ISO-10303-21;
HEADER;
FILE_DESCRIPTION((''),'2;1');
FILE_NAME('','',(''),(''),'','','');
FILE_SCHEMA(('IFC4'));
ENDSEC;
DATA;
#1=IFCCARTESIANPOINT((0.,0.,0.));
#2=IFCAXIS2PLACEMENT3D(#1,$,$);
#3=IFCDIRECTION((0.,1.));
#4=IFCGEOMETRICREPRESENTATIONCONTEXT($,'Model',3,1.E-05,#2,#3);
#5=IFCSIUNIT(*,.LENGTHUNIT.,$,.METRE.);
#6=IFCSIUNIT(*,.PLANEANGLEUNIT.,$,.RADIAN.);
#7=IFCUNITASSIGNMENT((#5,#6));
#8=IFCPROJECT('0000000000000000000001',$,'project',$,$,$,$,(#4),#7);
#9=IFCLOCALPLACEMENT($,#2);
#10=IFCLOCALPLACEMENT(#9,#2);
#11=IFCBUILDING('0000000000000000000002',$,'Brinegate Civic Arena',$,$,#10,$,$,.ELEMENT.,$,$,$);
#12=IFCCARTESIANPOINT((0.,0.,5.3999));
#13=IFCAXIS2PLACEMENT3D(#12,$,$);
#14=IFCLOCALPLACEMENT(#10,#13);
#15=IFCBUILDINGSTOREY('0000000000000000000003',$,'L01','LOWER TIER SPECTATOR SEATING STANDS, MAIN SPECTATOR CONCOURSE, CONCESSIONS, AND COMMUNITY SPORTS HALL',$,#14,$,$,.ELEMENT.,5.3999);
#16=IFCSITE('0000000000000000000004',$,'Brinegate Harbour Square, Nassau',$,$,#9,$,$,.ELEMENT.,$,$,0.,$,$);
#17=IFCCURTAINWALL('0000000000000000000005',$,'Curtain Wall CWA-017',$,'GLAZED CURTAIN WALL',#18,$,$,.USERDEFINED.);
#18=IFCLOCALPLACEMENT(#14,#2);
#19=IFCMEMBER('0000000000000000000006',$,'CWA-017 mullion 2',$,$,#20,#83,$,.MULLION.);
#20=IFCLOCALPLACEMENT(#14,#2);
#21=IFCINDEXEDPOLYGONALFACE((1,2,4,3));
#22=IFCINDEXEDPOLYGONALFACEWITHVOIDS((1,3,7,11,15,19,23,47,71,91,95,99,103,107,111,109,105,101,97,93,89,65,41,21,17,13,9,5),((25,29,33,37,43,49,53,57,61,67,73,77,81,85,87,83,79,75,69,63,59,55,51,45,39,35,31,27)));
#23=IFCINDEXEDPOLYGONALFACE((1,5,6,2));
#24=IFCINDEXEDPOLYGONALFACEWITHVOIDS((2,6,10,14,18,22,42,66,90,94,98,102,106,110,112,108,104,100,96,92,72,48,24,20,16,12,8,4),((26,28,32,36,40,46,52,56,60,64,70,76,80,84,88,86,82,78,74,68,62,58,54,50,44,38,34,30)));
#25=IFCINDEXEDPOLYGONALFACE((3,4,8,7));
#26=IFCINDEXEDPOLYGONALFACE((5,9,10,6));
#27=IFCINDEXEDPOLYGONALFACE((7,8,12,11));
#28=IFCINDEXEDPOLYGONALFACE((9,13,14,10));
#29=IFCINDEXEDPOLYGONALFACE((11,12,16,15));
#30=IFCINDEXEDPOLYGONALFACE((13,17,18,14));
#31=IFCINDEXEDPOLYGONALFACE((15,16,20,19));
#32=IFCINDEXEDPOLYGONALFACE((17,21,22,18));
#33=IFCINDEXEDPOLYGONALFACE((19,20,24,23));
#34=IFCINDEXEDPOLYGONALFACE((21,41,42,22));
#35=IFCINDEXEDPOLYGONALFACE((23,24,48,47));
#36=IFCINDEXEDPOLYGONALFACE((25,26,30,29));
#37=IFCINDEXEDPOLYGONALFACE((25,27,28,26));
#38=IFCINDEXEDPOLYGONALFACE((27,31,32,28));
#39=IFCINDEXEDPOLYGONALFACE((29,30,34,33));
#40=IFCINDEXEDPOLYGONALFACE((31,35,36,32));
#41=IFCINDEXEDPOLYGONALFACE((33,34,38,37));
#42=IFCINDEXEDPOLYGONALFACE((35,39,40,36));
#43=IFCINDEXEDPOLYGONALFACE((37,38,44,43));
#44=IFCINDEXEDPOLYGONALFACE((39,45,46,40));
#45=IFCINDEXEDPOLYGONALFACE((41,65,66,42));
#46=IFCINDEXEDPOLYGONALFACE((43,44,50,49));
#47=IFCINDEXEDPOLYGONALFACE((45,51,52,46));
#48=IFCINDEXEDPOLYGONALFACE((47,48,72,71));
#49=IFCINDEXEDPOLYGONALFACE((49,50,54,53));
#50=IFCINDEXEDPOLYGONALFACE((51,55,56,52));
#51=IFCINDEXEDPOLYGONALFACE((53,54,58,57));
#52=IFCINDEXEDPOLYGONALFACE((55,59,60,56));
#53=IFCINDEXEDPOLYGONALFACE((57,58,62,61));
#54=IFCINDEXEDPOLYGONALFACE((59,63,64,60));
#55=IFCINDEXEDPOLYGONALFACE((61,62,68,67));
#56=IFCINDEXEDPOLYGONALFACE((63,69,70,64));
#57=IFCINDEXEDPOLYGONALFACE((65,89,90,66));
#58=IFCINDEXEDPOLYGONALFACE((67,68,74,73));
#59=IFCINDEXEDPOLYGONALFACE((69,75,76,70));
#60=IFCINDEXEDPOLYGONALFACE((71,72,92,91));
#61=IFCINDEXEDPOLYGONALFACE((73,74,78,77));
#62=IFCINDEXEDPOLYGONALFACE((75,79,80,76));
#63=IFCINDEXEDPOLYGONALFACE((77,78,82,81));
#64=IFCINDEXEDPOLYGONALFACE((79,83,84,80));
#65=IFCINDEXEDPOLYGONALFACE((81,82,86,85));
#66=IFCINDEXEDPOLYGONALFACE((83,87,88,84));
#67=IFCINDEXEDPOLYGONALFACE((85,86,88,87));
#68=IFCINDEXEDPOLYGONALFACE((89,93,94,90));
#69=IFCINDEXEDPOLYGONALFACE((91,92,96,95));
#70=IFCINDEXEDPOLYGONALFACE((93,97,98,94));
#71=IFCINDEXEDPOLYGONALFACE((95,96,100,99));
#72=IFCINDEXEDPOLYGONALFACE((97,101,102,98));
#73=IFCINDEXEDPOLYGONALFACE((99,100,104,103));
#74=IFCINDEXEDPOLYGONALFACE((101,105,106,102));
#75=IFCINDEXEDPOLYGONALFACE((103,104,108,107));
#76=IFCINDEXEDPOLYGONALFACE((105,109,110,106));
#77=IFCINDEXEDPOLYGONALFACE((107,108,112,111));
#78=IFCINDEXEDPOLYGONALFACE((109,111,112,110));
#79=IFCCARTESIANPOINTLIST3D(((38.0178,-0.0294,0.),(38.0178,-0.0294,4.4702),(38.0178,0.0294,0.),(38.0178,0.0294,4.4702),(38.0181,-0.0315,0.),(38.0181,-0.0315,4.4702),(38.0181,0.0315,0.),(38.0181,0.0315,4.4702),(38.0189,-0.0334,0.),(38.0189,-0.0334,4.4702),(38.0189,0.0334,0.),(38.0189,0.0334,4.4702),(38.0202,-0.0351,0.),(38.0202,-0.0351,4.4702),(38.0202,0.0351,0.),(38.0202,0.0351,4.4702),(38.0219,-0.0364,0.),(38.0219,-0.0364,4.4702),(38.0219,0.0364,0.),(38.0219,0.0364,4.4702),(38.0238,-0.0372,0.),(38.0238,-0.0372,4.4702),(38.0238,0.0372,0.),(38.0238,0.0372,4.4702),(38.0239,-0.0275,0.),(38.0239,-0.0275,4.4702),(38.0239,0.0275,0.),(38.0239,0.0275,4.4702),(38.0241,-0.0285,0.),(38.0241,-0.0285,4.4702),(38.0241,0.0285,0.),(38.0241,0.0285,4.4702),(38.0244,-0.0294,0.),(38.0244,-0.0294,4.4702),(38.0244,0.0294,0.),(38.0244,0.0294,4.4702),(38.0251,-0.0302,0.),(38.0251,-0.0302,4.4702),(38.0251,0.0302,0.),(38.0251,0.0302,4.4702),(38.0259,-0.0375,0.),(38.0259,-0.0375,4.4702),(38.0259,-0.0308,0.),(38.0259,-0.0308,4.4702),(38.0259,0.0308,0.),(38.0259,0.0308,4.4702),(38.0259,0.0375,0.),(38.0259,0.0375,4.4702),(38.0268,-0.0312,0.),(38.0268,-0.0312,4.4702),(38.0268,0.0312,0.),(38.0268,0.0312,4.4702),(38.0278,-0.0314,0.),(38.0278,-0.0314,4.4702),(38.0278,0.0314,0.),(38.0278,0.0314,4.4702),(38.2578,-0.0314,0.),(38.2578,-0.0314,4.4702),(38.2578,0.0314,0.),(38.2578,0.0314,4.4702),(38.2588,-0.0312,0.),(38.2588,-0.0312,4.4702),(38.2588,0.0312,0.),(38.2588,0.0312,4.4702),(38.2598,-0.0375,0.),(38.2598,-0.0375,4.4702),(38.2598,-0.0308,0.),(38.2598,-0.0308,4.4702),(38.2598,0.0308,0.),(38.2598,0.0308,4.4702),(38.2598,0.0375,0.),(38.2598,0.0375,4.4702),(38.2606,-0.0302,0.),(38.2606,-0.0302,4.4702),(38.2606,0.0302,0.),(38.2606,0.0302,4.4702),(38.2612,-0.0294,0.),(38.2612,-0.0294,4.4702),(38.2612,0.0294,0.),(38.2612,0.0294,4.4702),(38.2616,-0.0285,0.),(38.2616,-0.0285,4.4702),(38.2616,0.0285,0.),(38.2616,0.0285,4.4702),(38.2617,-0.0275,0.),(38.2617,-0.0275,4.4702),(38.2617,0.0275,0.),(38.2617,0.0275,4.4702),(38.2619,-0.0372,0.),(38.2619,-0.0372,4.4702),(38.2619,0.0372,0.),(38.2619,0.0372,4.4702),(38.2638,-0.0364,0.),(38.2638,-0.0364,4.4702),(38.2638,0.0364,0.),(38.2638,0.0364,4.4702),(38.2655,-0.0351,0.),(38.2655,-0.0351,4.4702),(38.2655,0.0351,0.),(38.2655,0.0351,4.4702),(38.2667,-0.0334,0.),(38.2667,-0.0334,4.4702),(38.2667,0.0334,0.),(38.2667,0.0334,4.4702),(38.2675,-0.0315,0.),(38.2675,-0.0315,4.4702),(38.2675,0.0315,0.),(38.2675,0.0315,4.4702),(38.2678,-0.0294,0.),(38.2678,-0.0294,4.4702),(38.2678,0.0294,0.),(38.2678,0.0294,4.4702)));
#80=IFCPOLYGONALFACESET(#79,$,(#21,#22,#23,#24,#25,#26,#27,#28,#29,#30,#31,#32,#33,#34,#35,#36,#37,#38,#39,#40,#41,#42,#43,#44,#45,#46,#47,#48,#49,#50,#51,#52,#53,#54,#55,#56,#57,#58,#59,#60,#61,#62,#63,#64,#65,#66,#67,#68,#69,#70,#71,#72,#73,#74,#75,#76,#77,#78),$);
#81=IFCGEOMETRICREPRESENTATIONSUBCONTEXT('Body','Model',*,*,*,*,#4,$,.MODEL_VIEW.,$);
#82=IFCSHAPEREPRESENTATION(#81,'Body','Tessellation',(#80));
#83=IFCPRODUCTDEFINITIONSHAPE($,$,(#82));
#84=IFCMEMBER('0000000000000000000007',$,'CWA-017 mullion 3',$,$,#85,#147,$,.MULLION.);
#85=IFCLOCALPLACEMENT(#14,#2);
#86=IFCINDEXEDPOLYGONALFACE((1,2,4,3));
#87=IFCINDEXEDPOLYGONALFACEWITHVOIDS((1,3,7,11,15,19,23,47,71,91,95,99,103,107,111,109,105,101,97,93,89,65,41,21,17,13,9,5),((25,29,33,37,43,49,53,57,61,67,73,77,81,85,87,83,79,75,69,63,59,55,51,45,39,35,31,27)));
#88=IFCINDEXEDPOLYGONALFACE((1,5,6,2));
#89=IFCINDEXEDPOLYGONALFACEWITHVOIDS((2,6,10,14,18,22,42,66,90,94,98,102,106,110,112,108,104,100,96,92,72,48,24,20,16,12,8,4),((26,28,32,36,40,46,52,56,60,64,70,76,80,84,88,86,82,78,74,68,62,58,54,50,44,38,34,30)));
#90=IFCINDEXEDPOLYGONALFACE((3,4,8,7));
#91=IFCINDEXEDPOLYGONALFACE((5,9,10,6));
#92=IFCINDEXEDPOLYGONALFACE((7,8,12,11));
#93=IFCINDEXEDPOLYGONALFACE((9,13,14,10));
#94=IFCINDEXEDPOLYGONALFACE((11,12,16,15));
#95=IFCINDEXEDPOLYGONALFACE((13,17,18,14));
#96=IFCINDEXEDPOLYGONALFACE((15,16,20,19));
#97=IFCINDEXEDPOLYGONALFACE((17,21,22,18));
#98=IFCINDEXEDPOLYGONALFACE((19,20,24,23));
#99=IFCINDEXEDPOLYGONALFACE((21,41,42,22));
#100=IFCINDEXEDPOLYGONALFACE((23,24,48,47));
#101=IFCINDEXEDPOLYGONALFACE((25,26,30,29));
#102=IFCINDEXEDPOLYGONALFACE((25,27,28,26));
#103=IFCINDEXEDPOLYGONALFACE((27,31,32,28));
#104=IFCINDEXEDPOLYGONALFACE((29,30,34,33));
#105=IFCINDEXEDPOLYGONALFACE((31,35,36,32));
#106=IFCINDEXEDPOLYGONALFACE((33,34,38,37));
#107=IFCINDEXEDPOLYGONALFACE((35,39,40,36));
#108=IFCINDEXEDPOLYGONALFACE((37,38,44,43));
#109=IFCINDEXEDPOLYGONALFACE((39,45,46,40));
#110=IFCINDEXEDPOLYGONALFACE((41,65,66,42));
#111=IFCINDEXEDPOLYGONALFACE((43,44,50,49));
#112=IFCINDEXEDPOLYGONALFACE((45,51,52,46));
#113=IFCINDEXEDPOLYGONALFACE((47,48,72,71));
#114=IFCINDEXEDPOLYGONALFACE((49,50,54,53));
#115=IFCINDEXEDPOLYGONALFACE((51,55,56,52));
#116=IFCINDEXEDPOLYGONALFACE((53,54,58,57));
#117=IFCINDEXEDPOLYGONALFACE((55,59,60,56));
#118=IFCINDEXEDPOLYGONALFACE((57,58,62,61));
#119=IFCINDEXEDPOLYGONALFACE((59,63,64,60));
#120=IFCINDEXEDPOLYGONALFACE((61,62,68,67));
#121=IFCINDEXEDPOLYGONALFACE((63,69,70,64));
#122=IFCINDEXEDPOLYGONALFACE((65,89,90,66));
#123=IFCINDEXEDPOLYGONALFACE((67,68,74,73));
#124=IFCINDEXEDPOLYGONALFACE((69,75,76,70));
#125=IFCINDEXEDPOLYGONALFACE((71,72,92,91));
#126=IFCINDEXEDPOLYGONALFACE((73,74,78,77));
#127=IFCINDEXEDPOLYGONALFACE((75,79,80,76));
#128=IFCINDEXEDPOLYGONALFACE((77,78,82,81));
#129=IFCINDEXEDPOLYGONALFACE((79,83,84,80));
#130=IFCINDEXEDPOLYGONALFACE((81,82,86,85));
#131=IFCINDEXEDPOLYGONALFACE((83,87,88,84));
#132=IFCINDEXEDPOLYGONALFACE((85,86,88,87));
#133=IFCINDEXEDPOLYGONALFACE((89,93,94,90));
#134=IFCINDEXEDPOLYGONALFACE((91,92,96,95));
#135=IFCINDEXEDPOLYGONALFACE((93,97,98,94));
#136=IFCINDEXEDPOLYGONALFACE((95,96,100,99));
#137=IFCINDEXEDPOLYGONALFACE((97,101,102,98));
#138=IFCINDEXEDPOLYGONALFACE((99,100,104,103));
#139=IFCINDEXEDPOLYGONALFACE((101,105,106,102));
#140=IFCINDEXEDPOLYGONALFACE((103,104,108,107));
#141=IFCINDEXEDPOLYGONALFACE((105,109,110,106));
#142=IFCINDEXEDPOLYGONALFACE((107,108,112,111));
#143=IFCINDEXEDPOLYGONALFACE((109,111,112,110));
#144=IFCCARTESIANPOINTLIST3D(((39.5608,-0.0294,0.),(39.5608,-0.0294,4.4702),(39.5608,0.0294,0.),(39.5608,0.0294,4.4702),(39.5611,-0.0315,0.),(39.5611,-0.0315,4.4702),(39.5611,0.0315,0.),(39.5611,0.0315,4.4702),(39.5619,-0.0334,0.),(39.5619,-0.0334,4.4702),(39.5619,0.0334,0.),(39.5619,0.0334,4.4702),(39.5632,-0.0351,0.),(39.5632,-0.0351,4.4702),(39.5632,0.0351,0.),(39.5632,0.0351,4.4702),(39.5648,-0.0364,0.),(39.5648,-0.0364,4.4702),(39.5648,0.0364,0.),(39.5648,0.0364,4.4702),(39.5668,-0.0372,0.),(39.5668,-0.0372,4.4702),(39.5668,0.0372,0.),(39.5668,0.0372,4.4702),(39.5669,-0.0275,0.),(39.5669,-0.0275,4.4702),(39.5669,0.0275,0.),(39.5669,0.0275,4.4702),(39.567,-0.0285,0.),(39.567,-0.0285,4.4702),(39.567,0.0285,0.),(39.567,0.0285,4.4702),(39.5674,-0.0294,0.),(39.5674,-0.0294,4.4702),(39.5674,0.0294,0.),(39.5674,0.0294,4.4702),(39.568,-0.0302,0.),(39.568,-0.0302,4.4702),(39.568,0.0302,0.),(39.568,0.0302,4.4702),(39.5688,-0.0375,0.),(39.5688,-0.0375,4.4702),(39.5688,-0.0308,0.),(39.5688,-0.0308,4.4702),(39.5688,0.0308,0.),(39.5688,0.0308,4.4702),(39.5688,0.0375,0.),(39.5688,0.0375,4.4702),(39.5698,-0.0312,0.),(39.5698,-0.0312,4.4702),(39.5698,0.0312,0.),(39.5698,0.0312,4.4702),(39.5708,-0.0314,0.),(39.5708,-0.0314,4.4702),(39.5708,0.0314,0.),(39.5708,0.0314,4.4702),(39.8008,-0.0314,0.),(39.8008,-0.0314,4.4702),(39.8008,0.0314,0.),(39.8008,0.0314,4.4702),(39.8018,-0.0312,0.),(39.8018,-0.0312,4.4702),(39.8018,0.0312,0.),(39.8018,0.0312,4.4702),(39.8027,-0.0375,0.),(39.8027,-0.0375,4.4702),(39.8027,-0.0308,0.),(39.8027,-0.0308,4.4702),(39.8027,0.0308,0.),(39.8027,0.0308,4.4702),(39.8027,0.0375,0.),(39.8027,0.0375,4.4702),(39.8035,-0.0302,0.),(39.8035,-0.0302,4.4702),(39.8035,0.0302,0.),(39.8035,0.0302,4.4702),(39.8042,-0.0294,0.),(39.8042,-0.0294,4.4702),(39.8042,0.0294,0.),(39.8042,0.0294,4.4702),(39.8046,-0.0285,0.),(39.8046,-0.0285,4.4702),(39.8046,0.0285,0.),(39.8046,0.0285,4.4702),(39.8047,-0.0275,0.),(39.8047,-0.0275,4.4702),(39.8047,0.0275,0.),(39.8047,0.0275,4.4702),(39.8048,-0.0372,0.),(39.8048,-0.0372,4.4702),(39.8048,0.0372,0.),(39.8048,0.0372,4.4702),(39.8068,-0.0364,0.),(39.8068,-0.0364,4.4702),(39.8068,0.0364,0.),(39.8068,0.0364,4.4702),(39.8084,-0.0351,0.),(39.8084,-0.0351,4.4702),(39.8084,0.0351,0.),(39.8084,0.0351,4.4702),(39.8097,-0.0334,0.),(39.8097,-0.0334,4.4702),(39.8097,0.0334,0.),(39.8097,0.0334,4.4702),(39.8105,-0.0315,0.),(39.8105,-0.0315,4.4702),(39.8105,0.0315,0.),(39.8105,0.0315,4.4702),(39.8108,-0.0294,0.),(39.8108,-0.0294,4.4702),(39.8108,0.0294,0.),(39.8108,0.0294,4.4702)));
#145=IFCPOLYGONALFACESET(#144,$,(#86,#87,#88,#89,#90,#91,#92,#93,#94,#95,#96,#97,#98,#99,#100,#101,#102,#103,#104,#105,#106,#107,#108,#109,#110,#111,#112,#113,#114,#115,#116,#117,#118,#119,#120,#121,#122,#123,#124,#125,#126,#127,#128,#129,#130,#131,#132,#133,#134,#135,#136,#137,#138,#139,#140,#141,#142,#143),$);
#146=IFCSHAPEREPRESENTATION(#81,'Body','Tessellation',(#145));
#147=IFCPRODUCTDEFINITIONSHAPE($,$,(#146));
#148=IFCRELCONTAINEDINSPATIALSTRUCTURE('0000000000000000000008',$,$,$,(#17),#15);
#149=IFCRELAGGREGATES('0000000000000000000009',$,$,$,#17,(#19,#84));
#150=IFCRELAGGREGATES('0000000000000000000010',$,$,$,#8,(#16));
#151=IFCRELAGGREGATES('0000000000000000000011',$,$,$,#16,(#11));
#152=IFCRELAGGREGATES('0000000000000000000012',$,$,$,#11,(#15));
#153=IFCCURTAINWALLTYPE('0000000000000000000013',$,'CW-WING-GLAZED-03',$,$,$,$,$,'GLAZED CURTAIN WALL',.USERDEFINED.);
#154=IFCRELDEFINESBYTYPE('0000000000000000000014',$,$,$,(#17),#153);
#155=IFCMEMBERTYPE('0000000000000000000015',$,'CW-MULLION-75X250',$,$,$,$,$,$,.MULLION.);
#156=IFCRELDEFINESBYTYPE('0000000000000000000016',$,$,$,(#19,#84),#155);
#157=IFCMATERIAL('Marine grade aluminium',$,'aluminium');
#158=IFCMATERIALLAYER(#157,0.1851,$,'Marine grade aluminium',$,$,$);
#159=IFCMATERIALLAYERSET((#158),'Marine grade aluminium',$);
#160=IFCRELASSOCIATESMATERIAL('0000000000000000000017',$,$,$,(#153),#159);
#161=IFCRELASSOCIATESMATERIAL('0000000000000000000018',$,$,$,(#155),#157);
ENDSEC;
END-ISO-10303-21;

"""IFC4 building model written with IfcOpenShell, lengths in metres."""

from ifc_helpers import new_model, si_unit, direction, frame, origin, origin_2d, place, context, subcontext, project, spatial, hollow_rectangle, extrude, material, layer, layer_set, material_profile, profile_set, type_object, element, aggregate, save


model = new_model("IFC4")

# Units and contexts
model_context = context("Model", 3, precision=1e-05, world=origin(), true_north=direction((0.0, 1.0)))
body_context = subcontext(model_context, "Body", "Model", "MODEL_VIEW")
ifc_project = project(units=[si_unit("LENGTHUNIT", "METRE"), si_unit("PLANEANGLEUNIT", "RADIAN")], contexts=[model_context])

# Site, building, storey
site_placement = place(None, origin())
site = spatial("IfcSite", under=ifc_project, at=site_placement, Name="Brinegate Harbour Square, Nassau", CompositionType="ELEMENT", RefElevation=0.0)
building_placement = place(site_placement, origin())
building = spatial("IfcBuilding", under=site, at=building_placement, Name="Brinegate Civic Arena", CompositionType="ELEMENT")
storey_placement = place(building_placement, frame((0.0, 0.0, 5.3999)))
storey = spatial("IfcBuildingStorey", under=building, at=storey_placement, Name="L01", Description="LOWER TIER SPECTATOR SEATING STANDS, MAIN SPECTATOR CONCOURSE, CONCESSIONS, AND COMMUNITY SPORTS HALL", CompositionType="ELEMENT", Elevation=5.3999)

# Curtain wall, members
ifc_material_1 = material(Name="Marine grade aluminium", Category="aluminium")
ifc_layer_1 = layer(ifc_material_1, 0.1851, Name="Marine grade aluminium")
ifc_layer_set_1 = layer_set([ifc_layer_1], Name="Marine grade aluminium")
curtain_wall_type = type_object("IfcCurtainWallType", Name="CW-WING-GLAZED-03", ElementType="GLAZED CURTAIN WALL", PredefinedType="USERDEFINED", material=ifc_layer_set_1)
curtain_wall_placement = place(storey_placement, origin())
curtain_wall = element("IfcCurtainWall", 1, at=curtain_wall_placement, inside=storey, type_object=curtain_wall_type, Name="Curtain Wall CWA-017", ObjectType="GLAZED CURTAIN WALL", PredefinedType="USERDEFINED")
ifc_material_profile_1 = material_profile(ifc_material_1, hollow_rectangle(XDim=0.075, YDim=0.25, WallThickness=0.0061, InnerFilletRadius=0.0039, OuterFilletRadius=0.0081, at=origin_2d()), Name="MUL75X250")
ifc_profile_set_1 = profile_set([ifc_material_profile_1], Name="Marine grade aluminium")
member_type_1 = type_object("IfcMemberType", Name="CW-MULLION-75X250", PredefinedType="MULLION", material=ifc_profile_set_1)
member_1_placement = place(storey_placement, frame((38.1428, 0.0, 0.0), z_axis=(0.0, 0.0, 1.0), x_axis=(0.0, 1.0, 0.0)))
member_1 = element("IfcMember", 2, at=member_1_placement, type_object=member_type_1, Name="CWA-017 mullion 2", PredefinedType="MULLION", context=body_context, shape_type="SweptSolid", body=[
    extrude(hollow_rectangle(XDim=0.075, YDim=0.25, WallThickness=0.0061, InnerFilletRadius=0.0039, OuterFilletRadius=0.0081, at=origin_2d()), origin(), (0.0, 0.0, 1.0), 4.4702),
])
member_2_placement = place(storey_placement, frame((39.6858, 0.0, 0.0), z_axis=(0.0, 0.0, 1.0), x_axis=(0.0, 1.0, 0.0)))
member_2 = element("IfcMember", 3, at=member_2_placement, type_object=member_type_1, Name="CWA-017 mullion 3", PredefinedType="MULLION", context=body_context, shape_type="SweptSolid", body=[
    extrude(hollow_rectangle(XDim=0.075, YDim=0.25, WallThickness=0.0061, InnerFilletRadius=0.0039, OuterFilletRadius=0.0081, at=origin_2d()), origin(), (0.0, 0.0, 1.0), 4.4702),
])
aggregate(curtain_wall, [member_1, member_2])

save(model, "model.ifc")
